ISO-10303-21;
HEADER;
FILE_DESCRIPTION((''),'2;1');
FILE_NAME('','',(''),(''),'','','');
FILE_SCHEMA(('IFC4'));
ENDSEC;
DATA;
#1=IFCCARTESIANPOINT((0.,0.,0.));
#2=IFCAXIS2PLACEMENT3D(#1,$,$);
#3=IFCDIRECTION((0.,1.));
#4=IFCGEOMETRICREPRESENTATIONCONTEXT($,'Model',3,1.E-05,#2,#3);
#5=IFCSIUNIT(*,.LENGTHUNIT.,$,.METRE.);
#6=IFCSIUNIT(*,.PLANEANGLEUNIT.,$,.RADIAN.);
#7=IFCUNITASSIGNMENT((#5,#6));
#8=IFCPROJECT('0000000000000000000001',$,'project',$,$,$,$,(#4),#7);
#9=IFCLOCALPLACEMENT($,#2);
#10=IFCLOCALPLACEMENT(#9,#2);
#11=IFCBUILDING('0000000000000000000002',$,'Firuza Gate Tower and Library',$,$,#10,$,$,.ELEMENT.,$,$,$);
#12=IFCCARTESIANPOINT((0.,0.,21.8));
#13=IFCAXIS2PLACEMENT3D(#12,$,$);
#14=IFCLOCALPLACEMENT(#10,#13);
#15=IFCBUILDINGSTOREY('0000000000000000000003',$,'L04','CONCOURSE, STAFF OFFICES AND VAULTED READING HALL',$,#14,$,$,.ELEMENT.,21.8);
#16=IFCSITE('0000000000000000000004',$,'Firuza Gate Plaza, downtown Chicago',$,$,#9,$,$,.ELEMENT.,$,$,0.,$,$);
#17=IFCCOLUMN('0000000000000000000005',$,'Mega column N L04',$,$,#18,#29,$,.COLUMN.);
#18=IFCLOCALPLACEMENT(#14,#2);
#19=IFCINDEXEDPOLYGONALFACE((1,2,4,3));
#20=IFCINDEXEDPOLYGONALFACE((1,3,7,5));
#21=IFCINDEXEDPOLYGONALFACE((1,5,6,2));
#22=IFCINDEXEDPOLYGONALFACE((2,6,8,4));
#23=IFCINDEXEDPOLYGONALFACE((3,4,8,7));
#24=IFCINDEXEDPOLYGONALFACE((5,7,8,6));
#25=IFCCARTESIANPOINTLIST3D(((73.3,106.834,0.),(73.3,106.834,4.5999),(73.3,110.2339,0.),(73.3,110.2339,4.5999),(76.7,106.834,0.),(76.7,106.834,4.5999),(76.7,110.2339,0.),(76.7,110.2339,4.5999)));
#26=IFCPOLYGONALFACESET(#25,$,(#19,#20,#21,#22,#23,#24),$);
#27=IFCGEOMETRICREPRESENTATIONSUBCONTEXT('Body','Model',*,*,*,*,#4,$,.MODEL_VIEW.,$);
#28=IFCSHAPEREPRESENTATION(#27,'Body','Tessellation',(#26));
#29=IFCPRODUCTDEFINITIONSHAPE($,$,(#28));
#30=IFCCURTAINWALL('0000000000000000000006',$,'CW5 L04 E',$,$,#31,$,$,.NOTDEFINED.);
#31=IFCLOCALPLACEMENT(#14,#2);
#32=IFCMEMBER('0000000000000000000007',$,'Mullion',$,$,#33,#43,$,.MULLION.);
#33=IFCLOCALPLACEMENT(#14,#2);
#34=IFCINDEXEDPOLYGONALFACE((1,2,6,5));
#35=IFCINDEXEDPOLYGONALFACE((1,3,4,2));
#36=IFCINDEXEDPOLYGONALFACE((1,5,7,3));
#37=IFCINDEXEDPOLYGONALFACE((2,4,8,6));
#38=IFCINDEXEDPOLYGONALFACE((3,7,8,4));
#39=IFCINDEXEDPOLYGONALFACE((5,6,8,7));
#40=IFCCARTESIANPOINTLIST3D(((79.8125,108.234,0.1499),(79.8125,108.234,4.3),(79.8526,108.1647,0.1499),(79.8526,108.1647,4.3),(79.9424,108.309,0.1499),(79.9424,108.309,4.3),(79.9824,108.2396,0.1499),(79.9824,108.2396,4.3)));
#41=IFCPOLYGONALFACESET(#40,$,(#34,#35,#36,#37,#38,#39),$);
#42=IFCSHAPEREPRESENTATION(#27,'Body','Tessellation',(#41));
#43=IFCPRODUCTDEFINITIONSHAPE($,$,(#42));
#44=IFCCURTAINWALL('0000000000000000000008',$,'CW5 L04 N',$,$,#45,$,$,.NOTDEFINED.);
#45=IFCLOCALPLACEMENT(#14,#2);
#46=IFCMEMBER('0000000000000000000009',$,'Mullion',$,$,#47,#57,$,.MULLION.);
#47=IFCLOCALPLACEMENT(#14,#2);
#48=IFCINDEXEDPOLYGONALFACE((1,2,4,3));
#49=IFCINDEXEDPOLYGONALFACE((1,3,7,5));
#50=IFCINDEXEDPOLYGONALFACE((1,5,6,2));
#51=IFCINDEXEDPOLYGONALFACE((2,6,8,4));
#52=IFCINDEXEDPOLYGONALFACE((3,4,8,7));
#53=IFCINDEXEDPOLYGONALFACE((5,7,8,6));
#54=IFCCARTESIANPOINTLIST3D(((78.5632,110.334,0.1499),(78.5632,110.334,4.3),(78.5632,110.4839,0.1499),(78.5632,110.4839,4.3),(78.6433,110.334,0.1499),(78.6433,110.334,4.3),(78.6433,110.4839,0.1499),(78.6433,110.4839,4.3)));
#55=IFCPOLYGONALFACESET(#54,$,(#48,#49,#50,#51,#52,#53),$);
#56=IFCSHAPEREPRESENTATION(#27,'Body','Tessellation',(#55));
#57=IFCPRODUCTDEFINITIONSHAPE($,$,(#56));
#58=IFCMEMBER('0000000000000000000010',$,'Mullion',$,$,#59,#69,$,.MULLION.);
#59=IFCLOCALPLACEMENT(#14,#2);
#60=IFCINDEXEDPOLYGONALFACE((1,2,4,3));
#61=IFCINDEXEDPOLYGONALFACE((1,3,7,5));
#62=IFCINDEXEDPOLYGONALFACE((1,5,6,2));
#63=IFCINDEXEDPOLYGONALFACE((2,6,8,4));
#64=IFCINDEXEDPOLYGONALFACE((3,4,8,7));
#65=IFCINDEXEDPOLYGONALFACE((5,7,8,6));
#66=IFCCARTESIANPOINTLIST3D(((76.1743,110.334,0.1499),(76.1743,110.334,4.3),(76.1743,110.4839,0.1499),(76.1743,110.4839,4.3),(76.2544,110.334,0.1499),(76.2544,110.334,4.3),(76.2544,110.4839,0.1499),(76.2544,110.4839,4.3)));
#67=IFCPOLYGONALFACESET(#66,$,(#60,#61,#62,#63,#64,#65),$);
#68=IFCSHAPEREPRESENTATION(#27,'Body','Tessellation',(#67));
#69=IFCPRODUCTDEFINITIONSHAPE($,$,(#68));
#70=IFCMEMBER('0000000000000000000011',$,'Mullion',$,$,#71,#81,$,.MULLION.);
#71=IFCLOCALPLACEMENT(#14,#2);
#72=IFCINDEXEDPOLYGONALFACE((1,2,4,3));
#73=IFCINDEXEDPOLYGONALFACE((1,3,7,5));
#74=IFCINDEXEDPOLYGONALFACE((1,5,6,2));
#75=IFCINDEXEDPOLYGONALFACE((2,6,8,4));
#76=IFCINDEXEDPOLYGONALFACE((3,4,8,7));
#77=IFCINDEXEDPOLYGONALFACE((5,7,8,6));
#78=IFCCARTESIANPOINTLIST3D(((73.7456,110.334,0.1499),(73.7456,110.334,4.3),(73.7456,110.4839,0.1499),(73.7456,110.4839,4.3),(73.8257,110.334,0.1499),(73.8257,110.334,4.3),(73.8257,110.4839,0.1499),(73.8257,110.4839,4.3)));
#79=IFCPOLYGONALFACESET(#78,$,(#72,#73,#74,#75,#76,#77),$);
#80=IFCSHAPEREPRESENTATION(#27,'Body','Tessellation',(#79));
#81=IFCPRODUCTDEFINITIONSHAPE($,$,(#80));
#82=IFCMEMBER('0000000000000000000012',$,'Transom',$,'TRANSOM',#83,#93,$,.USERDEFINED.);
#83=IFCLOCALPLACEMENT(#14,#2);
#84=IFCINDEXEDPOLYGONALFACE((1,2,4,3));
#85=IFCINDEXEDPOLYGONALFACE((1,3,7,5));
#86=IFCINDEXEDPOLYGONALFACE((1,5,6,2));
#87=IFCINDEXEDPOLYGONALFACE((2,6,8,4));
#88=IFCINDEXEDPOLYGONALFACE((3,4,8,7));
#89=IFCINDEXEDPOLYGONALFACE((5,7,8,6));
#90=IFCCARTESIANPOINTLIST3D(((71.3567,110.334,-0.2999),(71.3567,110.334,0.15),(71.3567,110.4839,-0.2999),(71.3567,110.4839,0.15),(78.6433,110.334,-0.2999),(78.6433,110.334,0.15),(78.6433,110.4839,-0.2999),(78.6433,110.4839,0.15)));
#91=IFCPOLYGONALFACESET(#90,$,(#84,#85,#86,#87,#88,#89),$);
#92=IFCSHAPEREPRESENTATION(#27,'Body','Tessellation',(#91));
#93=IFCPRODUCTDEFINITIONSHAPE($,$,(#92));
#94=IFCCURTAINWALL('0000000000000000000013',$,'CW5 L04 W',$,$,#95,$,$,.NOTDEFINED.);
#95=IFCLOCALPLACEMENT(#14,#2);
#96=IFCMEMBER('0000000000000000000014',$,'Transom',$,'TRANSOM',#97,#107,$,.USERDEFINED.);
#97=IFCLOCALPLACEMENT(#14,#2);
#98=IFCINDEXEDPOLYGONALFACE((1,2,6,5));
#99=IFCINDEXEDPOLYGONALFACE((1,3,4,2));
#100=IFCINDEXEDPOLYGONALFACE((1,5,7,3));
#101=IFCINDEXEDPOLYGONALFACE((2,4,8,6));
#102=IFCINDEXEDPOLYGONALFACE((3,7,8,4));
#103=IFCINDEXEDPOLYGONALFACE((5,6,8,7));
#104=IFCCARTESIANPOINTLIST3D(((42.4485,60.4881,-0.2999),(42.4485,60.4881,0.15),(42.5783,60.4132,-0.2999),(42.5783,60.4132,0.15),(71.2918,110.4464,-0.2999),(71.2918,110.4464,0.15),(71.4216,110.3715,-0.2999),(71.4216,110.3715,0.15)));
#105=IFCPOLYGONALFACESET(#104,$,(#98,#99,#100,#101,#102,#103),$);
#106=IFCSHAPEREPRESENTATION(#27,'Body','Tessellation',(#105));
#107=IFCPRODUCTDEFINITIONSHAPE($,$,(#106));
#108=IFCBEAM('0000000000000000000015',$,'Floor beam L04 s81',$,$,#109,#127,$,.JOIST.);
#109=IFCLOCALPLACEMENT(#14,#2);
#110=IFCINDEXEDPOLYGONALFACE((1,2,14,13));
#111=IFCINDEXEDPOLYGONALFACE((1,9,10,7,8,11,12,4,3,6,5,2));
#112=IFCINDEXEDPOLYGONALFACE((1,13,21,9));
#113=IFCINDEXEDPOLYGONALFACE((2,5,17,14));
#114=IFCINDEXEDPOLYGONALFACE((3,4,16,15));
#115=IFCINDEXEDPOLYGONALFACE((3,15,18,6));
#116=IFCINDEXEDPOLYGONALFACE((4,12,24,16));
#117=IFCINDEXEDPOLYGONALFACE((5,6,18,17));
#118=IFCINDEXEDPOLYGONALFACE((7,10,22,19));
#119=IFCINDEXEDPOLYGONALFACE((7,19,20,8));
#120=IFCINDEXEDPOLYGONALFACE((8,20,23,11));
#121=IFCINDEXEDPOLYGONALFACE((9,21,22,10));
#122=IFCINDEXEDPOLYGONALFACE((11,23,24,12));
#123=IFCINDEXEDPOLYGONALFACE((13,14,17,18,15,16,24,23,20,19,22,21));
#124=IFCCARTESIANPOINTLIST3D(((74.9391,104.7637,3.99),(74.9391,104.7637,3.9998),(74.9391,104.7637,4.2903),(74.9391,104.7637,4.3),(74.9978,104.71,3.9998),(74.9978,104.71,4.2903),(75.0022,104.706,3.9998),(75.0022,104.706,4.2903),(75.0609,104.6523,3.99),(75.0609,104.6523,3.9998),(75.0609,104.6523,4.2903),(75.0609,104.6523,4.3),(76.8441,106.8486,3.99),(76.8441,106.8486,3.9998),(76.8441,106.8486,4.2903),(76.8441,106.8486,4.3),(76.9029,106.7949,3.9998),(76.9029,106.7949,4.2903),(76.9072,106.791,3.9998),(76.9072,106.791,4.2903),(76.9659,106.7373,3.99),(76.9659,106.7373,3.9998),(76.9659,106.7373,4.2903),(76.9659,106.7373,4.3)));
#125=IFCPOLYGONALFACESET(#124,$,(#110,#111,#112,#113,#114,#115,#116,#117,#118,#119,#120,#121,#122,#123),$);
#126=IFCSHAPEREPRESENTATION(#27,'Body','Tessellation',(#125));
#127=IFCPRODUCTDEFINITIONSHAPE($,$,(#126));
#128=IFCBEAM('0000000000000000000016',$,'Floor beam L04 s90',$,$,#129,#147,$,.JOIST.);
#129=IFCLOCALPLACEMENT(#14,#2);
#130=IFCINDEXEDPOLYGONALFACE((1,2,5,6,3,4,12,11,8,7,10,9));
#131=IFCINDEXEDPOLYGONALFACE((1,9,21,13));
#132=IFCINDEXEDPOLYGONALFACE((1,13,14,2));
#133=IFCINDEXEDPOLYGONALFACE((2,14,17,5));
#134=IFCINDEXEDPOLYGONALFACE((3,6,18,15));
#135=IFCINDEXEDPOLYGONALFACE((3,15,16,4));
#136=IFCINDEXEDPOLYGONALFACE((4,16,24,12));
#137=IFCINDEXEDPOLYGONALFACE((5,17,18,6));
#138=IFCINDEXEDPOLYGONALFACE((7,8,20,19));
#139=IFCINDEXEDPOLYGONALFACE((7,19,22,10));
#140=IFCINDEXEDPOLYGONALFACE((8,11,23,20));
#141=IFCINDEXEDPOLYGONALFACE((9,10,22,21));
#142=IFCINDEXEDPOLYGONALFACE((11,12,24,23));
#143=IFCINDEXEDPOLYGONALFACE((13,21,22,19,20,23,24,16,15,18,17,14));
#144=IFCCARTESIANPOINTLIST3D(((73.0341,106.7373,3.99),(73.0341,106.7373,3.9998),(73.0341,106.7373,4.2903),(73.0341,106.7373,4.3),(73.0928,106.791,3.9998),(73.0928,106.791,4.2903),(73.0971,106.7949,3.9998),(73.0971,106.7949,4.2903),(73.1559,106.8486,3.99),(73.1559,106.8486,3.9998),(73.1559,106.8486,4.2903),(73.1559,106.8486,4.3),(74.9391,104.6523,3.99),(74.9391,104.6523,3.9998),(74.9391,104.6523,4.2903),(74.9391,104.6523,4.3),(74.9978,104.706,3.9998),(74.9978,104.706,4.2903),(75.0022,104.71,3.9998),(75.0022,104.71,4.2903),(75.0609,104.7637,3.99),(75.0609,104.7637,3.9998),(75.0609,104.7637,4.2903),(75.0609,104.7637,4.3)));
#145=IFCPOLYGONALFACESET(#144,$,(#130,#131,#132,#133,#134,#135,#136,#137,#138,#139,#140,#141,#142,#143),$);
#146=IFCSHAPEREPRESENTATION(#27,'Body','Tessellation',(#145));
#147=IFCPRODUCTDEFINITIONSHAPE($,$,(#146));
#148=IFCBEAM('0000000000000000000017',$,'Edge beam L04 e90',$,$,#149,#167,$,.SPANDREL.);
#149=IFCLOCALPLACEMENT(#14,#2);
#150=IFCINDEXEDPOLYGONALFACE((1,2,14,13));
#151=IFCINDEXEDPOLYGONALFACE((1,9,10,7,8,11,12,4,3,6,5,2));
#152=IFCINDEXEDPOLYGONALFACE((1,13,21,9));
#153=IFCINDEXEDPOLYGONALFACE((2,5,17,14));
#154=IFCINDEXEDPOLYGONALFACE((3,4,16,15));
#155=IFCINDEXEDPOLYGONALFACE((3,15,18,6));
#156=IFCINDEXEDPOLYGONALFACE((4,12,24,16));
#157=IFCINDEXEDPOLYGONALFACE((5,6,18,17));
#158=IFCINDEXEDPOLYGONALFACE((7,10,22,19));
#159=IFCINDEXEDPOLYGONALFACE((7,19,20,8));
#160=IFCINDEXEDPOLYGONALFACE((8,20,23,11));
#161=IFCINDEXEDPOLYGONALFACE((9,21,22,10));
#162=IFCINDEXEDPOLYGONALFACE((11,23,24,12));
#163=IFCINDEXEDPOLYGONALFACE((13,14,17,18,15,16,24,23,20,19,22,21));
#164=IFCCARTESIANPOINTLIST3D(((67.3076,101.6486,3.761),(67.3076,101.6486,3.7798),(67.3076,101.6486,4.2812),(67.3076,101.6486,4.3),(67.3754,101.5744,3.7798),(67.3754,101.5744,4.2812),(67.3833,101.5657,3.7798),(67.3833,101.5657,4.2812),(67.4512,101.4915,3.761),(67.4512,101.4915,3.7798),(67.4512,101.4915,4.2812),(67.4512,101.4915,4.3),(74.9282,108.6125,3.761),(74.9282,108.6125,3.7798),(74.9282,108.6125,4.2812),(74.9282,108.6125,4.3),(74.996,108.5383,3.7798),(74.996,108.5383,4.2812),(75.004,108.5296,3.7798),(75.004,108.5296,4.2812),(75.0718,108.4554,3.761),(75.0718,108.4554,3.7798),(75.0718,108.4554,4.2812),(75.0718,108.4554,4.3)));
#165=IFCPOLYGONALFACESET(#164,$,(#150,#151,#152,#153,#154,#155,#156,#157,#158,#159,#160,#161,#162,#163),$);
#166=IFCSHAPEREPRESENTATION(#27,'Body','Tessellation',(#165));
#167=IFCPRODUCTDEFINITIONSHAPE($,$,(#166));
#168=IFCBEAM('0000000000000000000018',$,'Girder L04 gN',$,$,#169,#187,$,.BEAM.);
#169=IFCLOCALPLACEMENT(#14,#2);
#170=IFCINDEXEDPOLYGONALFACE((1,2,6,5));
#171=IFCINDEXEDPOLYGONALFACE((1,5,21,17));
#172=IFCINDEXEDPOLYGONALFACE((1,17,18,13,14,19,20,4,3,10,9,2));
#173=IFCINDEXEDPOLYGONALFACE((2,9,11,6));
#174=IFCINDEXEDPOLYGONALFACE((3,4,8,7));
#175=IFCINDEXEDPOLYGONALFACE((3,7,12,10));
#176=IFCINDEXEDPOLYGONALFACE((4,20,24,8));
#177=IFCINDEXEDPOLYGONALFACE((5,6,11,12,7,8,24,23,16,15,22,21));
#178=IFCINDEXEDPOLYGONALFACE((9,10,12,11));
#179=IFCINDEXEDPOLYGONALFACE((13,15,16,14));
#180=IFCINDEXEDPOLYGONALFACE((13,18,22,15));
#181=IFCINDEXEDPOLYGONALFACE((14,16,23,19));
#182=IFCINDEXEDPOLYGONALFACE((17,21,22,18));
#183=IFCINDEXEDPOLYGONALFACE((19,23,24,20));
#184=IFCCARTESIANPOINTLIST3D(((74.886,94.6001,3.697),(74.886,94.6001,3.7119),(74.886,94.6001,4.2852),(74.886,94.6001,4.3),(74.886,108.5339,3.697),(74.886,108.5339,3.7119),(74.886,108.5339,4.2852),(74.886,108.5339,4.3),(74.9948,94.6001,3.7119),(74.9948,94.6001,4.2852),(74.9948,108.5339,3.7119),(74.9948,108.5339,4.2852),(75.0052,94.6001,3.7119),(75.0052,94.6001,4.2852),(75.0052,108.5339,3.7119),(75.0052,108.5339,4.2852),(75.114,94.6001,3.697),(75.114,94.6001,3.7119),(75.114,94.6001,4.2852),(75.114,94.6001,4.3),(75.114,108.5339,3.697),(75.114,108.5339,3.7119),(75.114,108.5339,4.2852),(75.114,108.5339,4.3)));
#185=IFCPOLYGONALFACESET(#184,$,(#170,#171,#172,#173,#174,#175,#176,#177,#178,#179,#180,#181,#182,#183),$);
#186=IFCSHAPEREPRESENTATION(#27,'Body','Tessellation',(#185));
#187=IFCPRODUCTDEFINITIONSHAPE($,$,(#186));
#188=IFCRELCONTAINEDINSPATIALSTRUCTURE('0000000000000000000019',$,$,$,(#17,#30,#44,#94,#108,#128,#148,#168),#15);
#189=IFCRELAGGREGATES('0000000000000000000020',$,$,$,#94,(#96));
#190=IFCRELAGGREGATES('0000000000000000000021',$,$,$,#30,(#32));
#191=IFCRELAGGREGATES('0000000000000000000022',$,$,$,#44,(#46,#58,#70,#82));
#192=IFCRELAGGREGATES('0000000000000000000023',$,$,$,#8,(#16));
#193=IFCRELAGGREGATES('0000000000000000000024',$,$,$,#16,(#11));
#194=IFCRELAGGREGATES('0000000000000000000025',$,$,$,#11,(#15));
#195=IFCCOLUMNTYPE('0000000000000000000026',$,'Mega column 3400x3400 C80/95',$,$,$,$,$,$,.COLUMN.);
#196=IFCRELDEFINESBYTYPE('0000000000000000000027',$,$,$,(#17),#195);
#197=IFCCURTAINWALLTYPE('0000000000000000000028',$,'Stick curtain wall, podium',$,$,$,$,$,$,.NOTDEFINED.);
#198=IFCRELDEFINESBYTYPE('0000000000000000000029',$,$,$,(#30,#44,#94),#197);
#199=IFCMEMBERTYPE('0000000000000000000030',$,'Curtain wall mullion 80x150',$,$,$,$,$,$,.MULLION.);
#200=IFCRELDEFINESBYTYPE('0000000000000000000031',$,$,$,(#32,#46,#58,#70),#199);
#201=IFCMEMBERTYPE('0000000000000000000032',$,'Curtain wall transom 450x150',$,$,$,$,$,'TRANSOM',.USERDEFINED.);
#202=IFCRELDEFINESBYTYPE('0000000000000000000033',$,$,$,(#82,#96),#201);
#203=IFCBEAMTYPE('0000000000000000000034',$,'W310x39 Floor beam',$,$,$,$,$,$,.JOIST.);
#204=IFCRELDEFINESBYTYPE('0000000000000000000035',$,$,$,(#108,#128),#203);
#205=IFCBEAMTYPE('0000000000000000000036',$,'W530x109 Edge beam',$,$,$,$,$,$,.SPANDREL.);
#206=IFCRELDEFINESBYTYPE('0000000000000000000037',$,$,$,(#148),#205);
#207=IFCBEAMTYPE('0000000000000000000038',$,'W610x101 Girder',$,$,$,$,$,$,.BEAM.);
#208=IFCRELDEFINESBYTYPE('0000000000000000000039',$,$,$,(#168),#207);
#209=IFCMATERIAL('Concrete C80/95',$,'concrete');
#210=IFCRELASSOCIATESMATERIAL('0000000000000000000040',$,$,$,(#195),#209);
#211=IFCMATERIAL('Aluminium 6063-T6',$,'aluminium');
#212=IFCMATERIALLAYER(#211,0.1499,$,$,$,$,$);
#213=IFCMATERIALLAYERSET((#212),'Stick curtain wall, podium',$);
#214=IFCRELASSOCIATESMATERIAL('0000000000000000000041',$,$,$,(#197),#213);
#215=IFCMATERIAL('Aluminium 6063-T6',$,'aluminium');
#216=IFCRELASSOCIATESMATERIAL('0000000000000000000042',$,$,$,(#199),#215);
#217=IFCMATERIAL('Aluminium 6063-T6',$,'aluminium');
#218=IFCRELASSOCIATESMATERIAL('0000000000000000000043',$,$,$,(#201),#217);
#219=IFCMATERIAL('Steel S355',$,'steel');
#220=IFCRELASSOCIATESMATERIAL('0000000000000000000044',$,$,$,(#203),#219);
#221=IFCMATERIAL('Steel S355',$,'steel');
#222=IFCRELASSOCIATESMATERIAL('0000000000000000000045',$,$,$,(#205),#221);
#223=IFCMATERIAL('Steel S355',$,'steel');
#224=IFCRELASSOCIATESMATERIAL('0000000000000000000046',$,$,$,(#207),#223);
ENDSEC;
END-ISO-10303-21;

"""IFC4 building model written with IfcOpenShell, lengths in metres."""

from ifc_helpers import new_model, si_unit, direction, frame, origin, origin_2d, place, context, subcontext, project, spatial, rectangle, i_section, extrude, material, layer, layer_set, material_profile, profile_set, type_object, element, aggregate, save


model = new_model("IFC4")

# Units and contexts
model_context = context("Model", 3, precision=1e-05, world=origin(), true_north=direction((0.0, 1.0)))
body_context = subcontext(model_context, "Body", "Model", "MODEL_VIEW")
ifc_project = project(units=[si_unit("LENGTHUNIT", "METRE"), si_unit("PLANEANGLEUNIT", "RADIAN")], contexts=[model_context])

# Site, building, storey
site_placement = place(None, origin())
site = spatial("IfcSite", under=ifc_project, at=site_placement, Name="Firuza Gate Plaza, downtown Chicago", CompositionType="ELEMENT", RefElevation=0.0)
building_placement = place(site_placement, origin())
building = spatial("IfcBuilding", under=site, at=building_placement, Name="Firuza Gate Tower and Library", CompositionType="ELEMENT")
storey_placement = place(building_placement, frame((0.0, 0.0, 21.8)))
storey = spatial("IfcBuildingStorey", under=building, at=storey_placement, Name="L04", Description="CONCOURSE, STAFF OFFICES AND VAULTED READING HALL", CompositionType="ELEMENT", Elevation=21.8)

# Column
ifc_material_1 = material(Name="Concrete C80/95", Category="concrete")
ifc_material_profile_1 = material_profile(ifc_material_1, rectangle(XDim=3.3999, YDim=3.3999, at=origin_2d()))
ifc_profile_set_1 = profile_set([ifc_material_profile_1], Name="Concrete C80/95")
column_type = type_object("IfcColumnType", Name="Mega column 3400x3400 C80/95", PredefinedType="COLUMN", material=ifc_profile_set_1)
column_placement = place(storey_placement, frame((75.0, 108.5339, 0.0), z_axis=(0.0, 0.0, 1.0), x_axis=(-1.0, 0.0, 0.0)))
element("IfcColumn", 1, at=column_placement, inside=storey, type_object=column_type, Name="Mega column N L04", PredefinedType="COLUMN", context=body_context, shape_type="SweptSolid", body=[
    extrude(rectangle(XDim=3.3999, YDim=3.3999, at=origin_2d()), origin(), (0.0, 0.0, 1.0), 4.5999),
])

# Curtain wall, member
ifc_material_2 = material(Name="Aluminium 6063-T6", Category="aluminium")
ifc_layer_1 = layer(ifc_material_2, 0.1499)
ifc_layer_set_1 = layer_set([ifc_layer_1], Name="Stick curtain wall, podium")
curtain_wall_type = type_object("IfcCurtainWallType", Name="Stick curtain wall, podium", PredefinedType="NOTDEFINED", material=ifc_layer_set_1)
placement = place(storey_placement, origin())
curtain_wall_1 = element("IfcCurtainWall", 2, at=placement, inside=storey, type_object=curtain_wall_type, Name="CW5 L04 E", PredefinedType="NOTDEFINED")
ifc_material_3 = material(Name="Aluminium 6063-T6", Category="aluminium")
ifc_material_profile_2 = material_profile(ifc_material_3, rectangle(XDim=0.1499, YDim=0.0801, at=origin_2d()))
ifc_profile_set_2 = profile_set([ifc_material_profile_2], Name="Aluminium 6063-T6")
member_type_1 = type_object("IfcMemberType", Name="Curtain wall mullion 80x150", PredefinedType="MULLION", material=ifc_profile_set_2)
member_1_placement = place(storey_placement, frame((79.8975, 108.2368, 0.1499), z_axis=(0.0, 0.0, 1.0), x_axis=(-0.866025, -0.5, 0.0)))
member_1 = element("IfcMember", 3, at=member_1_placement, type_object=member_type_1, Name="Mullion", PredefinedType="MULLION", context=body_context, shape_type="SweptSolid", body=[
    extrude(rectangle(XDim=0.1499, YDim=0.0801, at=origin_2d()), origin(), (0.0, 0.0, 1.0), 4.1501),
])

# Curtain wall, members
curtain_wall_2 = element("IfcCurtainWall", 4, at=placement, inside=storey, type_object=curtain_wall_type, Name="CW5 L04 N", PredefinedType="NOTDEFINED")
member_2_placement = place(storey_placement, frame((78.6033, 110.4089, 0.1499), z_axis=(0.0, 0.0, 1.0), x_axis=(0.0, -1.0, 0.0)))
member_2 = element("IfcMember", 5, at=member_2_placement, type_object=member_type_1, Name="Mullion", PredefinedType="MULLION", context=body_context, shape_type="SweptSolid", body=[
    extrude(rectangle(XDim=0.1499, YDim=0.0801, at=origin_2d()), origin(), (0.0, 0.0, 1.0), 4.1501),
])
member_3_placement = place(storey_placement, frame((76.2144, 110.4089, 0.1499), z_axis=(0.0, 0.0, 1.0), x_axis=(0.0, -1.0, 0.0)))
member_3 = element("IfcMember", 6, at=member_3_placement, type_object=member_type_1, Name="Mullion", PredefinedType="MULLION", context=body_context, shape_type="SweptSolid", body=[
    extrude(rectangle(XDim=0.1499, YDim=0.0801, at=origin_2d()), origin(), (0.0, 0.0, 1.0), 4.1501),
])
member_4_placement = place(storey_placement, frame((73.7856, 110.4089, 0.1499), z_axis=(0.0, 0.0, 1.0), x_axis=(0.0, -1.0, 0.0)))
member_4 = element("IfcMember", 7, at=member_4_placement, type_object=member_type_1, Name="Mullion", PredefinedType="MULLION", context=body_context, shape_type="SweptSolid", body=[
    extrude(rectangle(XDim=0.1499, YDim=0.0801, at=origin_2d()), origin(), (0.0, 0.0, 1.0), 4.1501),
])
ifc_material_4 = material(Name="Aluminium 6063-T6", Category="aluminium")
ifc_material_profile_3 = material_profile(ifc_material_4, rectangle(XDim=0.1499, YDim=0.45, at=origin_2d()))
ifc_profile_set_3 = profile_set([ifc_material_profile_3], Name="Aluminium 6063-T6")
member_type_2 = type_object("IfcMemberType", Name="Curtain wall transom 450x150", ElementType="TRANSOM", PredefinedType="USERDEFINED", material=ifc_profile_set_3)
member_5_placement = place(storey_placement, frame((78.6433, 110.4089, -0.075), z_axis=(-1.0, 0.0, 0.0), x_axis=(0.0, -1.0, 0.0)))
member_5 = element("IfcMember", 8, at=member_5_placement, type_object=member_type_2, Name="Transom", ObjectType="TRANSOM", PredefinedType="USERDEFINED", context=body_context, shape_type="SweptSolid", body=[
    extrude(rectangle(XDim=0.1499, YDim=0.45, at=origin_2d()), origin(), (0.0, 0.0, 1.0), 7.2866),
])

# Curtain wall, member
curtain_wall_3 = element("IfcCurtainWall", 9, at=placement, inside=storey, type_object=curtain_wall_type, Name="CW5 L04 W", PredefinedType="NOTDEFINED")
member_6_placement = place(storey_placement, frame((71.3567, 110.4089, -0.075), z_axis=(-0.499998, -0.866027, 0.0), x_axis=(0.866027, -0.499998, 0.0)))
member_6 = element("IfcMember", 10, at=member_6_placement, type_object=member_type_2, Name="Transom", ObjectType="TRANSOM", PredefinedType="USERDEFINED", context=body_context, shape_type="SweptSolid", body=[
    extrude(rectangle(XDim=0.1499, YDim=0.45, at=origin_2d()), origin(), (0.0, 0.0, 1.0), 57.6868),
])
aggregate(curtain_wall_3, [member_6])

# Beams
ifc_material_5 = material(Name="Steel S355", Category="steel")
ifc_material_profile_4 = material_profile(ifc_material_5, i_section(OverallWidth=0.165, OverallDepth=0.3101, WebThickness=0.0059, FlangeThickness=0.0098, at=origin_2d()))
ifc_profile_set_4 = profile_set([ifc_material_profile_4], Name="Steel S355")
beam_type_1 = type_object("IfcBeamType", Name="W310x39 Floor beam", PredefinedType="JOIST", material=ifc_profile_set_4)
for number, where, z_axis, x_axis, name in (
    (11, (76.905, 106.793, 4.145), (-0.674534, -0.738244, 0.0), (0.738244, -0.674534, 0.0), "Floor beam L04 s81"),
    (12, (73.095, 106.793, 4.145), (0.674534, -0.738244, 0.0), (0.738244, 0.674534, 0.0), "Floor beam L04 s90"),
):
    element("IfcBeam", number, at=place(storey_placement, frame(where, z_axis=z_axis, x_axis=x_axis)), inside=storey, type_object=beam_type_1, Name=name, PredefinedType="JOIST", context=body_context, shape_type="SweptSolid", body=[
        extrude(i_section(OverallWidth=0.165, OverallDepth=0.3101, WebThickness=0.0059, FlangeThickness=0.0098, at=origin_2d()), origin(), (0.0, 0.0, 1.0), 2.8242),
    ])
ifc_material_6 = material(Name="Steel S355", Category="steel")
ifc_material_profile_5 = material_profile(ifc_material_6, i_section(OverallWidth=0.2129, OverallDepth=0.5391, WebThickness=0.0117, FlangeThickness=0.0188, at=origin_2d()))
ifc_profile_set_5 = profile_set([ifc_material_profile_5], Name="Steel S355")
beam_type_2 = type_object("IfcBeamType", Name="W530x109 Edge beam", PredefinedType="SPANDREL", material=ifc_profile_set_5)
beam_1_placement = place(storey_placement, frame((75.0, 108.5339, 4.0305), z_axis=(-0.7382, -0.674582, 0.0), x_axis=(0.674582, -0.7382, 0.0)))
element("IfcBeam", 13, at=beam_1_placement, inside=storey, type_object=beam_type_2, Name="Edge beam L04 e90", PredefinedType="SPANDREL", context=body_context, shape_type="SweptSolid", body=[
    extrude(i_section(OverallWidth=0.2129, OverallDepth=0.5391, WebThickness=0.0117, FlangeThickness=0.0188, at=origin_2d()), origin(), (0.0, 0.0, 1.0), 10.3232),
])
ifc_material_7 = material(Name="Steel S355", Category="steel")
ifc_material_profile_6 = material_profile(ifc_material_7, i_section(OverallWidth=0.228, OverallDepth=0.603, WebThickness=0.0105, FlangeThickness=0.0149, at=origin_2d()))
ifc_profile_set_6 = profile_set([ifc_material_profile_6], Name="Steel S355")
beam_type_3 = type_object("IfcBeamType", Name="W610x101 Girder", PredefinedType="BEAM", material=ifc_profile_set_6)
beam_2_placement = place(storey_placement, frame((75.0, 108.5339, 3.9985), z_axis=(0.0, -1.0, 0.0), x_axis=(1.0, 0.0, 0.0)))
element("IfcBeam", 14, at=beam_2_placement, inside=storey, type_object=beam_type_3, Name="Girder L04 gN", PredefinedType="BEAM", context=body_context, shape_type="SweptSolid", body=[
    extrude(i_section(OverallWidth=0.228, OverallDepth=0.603, WebThickness=0.0105, FlangeThickness=0.0149, at=origin_2d()), origin(), (0.0, 0.0, 1.0), 13.9338),
])

aggregate(curtain_wall_1, [member_1])
aggregate(curtain_wall_2, [member_2, member_3, member_4, member_5])

save(model, "model.ifc")
